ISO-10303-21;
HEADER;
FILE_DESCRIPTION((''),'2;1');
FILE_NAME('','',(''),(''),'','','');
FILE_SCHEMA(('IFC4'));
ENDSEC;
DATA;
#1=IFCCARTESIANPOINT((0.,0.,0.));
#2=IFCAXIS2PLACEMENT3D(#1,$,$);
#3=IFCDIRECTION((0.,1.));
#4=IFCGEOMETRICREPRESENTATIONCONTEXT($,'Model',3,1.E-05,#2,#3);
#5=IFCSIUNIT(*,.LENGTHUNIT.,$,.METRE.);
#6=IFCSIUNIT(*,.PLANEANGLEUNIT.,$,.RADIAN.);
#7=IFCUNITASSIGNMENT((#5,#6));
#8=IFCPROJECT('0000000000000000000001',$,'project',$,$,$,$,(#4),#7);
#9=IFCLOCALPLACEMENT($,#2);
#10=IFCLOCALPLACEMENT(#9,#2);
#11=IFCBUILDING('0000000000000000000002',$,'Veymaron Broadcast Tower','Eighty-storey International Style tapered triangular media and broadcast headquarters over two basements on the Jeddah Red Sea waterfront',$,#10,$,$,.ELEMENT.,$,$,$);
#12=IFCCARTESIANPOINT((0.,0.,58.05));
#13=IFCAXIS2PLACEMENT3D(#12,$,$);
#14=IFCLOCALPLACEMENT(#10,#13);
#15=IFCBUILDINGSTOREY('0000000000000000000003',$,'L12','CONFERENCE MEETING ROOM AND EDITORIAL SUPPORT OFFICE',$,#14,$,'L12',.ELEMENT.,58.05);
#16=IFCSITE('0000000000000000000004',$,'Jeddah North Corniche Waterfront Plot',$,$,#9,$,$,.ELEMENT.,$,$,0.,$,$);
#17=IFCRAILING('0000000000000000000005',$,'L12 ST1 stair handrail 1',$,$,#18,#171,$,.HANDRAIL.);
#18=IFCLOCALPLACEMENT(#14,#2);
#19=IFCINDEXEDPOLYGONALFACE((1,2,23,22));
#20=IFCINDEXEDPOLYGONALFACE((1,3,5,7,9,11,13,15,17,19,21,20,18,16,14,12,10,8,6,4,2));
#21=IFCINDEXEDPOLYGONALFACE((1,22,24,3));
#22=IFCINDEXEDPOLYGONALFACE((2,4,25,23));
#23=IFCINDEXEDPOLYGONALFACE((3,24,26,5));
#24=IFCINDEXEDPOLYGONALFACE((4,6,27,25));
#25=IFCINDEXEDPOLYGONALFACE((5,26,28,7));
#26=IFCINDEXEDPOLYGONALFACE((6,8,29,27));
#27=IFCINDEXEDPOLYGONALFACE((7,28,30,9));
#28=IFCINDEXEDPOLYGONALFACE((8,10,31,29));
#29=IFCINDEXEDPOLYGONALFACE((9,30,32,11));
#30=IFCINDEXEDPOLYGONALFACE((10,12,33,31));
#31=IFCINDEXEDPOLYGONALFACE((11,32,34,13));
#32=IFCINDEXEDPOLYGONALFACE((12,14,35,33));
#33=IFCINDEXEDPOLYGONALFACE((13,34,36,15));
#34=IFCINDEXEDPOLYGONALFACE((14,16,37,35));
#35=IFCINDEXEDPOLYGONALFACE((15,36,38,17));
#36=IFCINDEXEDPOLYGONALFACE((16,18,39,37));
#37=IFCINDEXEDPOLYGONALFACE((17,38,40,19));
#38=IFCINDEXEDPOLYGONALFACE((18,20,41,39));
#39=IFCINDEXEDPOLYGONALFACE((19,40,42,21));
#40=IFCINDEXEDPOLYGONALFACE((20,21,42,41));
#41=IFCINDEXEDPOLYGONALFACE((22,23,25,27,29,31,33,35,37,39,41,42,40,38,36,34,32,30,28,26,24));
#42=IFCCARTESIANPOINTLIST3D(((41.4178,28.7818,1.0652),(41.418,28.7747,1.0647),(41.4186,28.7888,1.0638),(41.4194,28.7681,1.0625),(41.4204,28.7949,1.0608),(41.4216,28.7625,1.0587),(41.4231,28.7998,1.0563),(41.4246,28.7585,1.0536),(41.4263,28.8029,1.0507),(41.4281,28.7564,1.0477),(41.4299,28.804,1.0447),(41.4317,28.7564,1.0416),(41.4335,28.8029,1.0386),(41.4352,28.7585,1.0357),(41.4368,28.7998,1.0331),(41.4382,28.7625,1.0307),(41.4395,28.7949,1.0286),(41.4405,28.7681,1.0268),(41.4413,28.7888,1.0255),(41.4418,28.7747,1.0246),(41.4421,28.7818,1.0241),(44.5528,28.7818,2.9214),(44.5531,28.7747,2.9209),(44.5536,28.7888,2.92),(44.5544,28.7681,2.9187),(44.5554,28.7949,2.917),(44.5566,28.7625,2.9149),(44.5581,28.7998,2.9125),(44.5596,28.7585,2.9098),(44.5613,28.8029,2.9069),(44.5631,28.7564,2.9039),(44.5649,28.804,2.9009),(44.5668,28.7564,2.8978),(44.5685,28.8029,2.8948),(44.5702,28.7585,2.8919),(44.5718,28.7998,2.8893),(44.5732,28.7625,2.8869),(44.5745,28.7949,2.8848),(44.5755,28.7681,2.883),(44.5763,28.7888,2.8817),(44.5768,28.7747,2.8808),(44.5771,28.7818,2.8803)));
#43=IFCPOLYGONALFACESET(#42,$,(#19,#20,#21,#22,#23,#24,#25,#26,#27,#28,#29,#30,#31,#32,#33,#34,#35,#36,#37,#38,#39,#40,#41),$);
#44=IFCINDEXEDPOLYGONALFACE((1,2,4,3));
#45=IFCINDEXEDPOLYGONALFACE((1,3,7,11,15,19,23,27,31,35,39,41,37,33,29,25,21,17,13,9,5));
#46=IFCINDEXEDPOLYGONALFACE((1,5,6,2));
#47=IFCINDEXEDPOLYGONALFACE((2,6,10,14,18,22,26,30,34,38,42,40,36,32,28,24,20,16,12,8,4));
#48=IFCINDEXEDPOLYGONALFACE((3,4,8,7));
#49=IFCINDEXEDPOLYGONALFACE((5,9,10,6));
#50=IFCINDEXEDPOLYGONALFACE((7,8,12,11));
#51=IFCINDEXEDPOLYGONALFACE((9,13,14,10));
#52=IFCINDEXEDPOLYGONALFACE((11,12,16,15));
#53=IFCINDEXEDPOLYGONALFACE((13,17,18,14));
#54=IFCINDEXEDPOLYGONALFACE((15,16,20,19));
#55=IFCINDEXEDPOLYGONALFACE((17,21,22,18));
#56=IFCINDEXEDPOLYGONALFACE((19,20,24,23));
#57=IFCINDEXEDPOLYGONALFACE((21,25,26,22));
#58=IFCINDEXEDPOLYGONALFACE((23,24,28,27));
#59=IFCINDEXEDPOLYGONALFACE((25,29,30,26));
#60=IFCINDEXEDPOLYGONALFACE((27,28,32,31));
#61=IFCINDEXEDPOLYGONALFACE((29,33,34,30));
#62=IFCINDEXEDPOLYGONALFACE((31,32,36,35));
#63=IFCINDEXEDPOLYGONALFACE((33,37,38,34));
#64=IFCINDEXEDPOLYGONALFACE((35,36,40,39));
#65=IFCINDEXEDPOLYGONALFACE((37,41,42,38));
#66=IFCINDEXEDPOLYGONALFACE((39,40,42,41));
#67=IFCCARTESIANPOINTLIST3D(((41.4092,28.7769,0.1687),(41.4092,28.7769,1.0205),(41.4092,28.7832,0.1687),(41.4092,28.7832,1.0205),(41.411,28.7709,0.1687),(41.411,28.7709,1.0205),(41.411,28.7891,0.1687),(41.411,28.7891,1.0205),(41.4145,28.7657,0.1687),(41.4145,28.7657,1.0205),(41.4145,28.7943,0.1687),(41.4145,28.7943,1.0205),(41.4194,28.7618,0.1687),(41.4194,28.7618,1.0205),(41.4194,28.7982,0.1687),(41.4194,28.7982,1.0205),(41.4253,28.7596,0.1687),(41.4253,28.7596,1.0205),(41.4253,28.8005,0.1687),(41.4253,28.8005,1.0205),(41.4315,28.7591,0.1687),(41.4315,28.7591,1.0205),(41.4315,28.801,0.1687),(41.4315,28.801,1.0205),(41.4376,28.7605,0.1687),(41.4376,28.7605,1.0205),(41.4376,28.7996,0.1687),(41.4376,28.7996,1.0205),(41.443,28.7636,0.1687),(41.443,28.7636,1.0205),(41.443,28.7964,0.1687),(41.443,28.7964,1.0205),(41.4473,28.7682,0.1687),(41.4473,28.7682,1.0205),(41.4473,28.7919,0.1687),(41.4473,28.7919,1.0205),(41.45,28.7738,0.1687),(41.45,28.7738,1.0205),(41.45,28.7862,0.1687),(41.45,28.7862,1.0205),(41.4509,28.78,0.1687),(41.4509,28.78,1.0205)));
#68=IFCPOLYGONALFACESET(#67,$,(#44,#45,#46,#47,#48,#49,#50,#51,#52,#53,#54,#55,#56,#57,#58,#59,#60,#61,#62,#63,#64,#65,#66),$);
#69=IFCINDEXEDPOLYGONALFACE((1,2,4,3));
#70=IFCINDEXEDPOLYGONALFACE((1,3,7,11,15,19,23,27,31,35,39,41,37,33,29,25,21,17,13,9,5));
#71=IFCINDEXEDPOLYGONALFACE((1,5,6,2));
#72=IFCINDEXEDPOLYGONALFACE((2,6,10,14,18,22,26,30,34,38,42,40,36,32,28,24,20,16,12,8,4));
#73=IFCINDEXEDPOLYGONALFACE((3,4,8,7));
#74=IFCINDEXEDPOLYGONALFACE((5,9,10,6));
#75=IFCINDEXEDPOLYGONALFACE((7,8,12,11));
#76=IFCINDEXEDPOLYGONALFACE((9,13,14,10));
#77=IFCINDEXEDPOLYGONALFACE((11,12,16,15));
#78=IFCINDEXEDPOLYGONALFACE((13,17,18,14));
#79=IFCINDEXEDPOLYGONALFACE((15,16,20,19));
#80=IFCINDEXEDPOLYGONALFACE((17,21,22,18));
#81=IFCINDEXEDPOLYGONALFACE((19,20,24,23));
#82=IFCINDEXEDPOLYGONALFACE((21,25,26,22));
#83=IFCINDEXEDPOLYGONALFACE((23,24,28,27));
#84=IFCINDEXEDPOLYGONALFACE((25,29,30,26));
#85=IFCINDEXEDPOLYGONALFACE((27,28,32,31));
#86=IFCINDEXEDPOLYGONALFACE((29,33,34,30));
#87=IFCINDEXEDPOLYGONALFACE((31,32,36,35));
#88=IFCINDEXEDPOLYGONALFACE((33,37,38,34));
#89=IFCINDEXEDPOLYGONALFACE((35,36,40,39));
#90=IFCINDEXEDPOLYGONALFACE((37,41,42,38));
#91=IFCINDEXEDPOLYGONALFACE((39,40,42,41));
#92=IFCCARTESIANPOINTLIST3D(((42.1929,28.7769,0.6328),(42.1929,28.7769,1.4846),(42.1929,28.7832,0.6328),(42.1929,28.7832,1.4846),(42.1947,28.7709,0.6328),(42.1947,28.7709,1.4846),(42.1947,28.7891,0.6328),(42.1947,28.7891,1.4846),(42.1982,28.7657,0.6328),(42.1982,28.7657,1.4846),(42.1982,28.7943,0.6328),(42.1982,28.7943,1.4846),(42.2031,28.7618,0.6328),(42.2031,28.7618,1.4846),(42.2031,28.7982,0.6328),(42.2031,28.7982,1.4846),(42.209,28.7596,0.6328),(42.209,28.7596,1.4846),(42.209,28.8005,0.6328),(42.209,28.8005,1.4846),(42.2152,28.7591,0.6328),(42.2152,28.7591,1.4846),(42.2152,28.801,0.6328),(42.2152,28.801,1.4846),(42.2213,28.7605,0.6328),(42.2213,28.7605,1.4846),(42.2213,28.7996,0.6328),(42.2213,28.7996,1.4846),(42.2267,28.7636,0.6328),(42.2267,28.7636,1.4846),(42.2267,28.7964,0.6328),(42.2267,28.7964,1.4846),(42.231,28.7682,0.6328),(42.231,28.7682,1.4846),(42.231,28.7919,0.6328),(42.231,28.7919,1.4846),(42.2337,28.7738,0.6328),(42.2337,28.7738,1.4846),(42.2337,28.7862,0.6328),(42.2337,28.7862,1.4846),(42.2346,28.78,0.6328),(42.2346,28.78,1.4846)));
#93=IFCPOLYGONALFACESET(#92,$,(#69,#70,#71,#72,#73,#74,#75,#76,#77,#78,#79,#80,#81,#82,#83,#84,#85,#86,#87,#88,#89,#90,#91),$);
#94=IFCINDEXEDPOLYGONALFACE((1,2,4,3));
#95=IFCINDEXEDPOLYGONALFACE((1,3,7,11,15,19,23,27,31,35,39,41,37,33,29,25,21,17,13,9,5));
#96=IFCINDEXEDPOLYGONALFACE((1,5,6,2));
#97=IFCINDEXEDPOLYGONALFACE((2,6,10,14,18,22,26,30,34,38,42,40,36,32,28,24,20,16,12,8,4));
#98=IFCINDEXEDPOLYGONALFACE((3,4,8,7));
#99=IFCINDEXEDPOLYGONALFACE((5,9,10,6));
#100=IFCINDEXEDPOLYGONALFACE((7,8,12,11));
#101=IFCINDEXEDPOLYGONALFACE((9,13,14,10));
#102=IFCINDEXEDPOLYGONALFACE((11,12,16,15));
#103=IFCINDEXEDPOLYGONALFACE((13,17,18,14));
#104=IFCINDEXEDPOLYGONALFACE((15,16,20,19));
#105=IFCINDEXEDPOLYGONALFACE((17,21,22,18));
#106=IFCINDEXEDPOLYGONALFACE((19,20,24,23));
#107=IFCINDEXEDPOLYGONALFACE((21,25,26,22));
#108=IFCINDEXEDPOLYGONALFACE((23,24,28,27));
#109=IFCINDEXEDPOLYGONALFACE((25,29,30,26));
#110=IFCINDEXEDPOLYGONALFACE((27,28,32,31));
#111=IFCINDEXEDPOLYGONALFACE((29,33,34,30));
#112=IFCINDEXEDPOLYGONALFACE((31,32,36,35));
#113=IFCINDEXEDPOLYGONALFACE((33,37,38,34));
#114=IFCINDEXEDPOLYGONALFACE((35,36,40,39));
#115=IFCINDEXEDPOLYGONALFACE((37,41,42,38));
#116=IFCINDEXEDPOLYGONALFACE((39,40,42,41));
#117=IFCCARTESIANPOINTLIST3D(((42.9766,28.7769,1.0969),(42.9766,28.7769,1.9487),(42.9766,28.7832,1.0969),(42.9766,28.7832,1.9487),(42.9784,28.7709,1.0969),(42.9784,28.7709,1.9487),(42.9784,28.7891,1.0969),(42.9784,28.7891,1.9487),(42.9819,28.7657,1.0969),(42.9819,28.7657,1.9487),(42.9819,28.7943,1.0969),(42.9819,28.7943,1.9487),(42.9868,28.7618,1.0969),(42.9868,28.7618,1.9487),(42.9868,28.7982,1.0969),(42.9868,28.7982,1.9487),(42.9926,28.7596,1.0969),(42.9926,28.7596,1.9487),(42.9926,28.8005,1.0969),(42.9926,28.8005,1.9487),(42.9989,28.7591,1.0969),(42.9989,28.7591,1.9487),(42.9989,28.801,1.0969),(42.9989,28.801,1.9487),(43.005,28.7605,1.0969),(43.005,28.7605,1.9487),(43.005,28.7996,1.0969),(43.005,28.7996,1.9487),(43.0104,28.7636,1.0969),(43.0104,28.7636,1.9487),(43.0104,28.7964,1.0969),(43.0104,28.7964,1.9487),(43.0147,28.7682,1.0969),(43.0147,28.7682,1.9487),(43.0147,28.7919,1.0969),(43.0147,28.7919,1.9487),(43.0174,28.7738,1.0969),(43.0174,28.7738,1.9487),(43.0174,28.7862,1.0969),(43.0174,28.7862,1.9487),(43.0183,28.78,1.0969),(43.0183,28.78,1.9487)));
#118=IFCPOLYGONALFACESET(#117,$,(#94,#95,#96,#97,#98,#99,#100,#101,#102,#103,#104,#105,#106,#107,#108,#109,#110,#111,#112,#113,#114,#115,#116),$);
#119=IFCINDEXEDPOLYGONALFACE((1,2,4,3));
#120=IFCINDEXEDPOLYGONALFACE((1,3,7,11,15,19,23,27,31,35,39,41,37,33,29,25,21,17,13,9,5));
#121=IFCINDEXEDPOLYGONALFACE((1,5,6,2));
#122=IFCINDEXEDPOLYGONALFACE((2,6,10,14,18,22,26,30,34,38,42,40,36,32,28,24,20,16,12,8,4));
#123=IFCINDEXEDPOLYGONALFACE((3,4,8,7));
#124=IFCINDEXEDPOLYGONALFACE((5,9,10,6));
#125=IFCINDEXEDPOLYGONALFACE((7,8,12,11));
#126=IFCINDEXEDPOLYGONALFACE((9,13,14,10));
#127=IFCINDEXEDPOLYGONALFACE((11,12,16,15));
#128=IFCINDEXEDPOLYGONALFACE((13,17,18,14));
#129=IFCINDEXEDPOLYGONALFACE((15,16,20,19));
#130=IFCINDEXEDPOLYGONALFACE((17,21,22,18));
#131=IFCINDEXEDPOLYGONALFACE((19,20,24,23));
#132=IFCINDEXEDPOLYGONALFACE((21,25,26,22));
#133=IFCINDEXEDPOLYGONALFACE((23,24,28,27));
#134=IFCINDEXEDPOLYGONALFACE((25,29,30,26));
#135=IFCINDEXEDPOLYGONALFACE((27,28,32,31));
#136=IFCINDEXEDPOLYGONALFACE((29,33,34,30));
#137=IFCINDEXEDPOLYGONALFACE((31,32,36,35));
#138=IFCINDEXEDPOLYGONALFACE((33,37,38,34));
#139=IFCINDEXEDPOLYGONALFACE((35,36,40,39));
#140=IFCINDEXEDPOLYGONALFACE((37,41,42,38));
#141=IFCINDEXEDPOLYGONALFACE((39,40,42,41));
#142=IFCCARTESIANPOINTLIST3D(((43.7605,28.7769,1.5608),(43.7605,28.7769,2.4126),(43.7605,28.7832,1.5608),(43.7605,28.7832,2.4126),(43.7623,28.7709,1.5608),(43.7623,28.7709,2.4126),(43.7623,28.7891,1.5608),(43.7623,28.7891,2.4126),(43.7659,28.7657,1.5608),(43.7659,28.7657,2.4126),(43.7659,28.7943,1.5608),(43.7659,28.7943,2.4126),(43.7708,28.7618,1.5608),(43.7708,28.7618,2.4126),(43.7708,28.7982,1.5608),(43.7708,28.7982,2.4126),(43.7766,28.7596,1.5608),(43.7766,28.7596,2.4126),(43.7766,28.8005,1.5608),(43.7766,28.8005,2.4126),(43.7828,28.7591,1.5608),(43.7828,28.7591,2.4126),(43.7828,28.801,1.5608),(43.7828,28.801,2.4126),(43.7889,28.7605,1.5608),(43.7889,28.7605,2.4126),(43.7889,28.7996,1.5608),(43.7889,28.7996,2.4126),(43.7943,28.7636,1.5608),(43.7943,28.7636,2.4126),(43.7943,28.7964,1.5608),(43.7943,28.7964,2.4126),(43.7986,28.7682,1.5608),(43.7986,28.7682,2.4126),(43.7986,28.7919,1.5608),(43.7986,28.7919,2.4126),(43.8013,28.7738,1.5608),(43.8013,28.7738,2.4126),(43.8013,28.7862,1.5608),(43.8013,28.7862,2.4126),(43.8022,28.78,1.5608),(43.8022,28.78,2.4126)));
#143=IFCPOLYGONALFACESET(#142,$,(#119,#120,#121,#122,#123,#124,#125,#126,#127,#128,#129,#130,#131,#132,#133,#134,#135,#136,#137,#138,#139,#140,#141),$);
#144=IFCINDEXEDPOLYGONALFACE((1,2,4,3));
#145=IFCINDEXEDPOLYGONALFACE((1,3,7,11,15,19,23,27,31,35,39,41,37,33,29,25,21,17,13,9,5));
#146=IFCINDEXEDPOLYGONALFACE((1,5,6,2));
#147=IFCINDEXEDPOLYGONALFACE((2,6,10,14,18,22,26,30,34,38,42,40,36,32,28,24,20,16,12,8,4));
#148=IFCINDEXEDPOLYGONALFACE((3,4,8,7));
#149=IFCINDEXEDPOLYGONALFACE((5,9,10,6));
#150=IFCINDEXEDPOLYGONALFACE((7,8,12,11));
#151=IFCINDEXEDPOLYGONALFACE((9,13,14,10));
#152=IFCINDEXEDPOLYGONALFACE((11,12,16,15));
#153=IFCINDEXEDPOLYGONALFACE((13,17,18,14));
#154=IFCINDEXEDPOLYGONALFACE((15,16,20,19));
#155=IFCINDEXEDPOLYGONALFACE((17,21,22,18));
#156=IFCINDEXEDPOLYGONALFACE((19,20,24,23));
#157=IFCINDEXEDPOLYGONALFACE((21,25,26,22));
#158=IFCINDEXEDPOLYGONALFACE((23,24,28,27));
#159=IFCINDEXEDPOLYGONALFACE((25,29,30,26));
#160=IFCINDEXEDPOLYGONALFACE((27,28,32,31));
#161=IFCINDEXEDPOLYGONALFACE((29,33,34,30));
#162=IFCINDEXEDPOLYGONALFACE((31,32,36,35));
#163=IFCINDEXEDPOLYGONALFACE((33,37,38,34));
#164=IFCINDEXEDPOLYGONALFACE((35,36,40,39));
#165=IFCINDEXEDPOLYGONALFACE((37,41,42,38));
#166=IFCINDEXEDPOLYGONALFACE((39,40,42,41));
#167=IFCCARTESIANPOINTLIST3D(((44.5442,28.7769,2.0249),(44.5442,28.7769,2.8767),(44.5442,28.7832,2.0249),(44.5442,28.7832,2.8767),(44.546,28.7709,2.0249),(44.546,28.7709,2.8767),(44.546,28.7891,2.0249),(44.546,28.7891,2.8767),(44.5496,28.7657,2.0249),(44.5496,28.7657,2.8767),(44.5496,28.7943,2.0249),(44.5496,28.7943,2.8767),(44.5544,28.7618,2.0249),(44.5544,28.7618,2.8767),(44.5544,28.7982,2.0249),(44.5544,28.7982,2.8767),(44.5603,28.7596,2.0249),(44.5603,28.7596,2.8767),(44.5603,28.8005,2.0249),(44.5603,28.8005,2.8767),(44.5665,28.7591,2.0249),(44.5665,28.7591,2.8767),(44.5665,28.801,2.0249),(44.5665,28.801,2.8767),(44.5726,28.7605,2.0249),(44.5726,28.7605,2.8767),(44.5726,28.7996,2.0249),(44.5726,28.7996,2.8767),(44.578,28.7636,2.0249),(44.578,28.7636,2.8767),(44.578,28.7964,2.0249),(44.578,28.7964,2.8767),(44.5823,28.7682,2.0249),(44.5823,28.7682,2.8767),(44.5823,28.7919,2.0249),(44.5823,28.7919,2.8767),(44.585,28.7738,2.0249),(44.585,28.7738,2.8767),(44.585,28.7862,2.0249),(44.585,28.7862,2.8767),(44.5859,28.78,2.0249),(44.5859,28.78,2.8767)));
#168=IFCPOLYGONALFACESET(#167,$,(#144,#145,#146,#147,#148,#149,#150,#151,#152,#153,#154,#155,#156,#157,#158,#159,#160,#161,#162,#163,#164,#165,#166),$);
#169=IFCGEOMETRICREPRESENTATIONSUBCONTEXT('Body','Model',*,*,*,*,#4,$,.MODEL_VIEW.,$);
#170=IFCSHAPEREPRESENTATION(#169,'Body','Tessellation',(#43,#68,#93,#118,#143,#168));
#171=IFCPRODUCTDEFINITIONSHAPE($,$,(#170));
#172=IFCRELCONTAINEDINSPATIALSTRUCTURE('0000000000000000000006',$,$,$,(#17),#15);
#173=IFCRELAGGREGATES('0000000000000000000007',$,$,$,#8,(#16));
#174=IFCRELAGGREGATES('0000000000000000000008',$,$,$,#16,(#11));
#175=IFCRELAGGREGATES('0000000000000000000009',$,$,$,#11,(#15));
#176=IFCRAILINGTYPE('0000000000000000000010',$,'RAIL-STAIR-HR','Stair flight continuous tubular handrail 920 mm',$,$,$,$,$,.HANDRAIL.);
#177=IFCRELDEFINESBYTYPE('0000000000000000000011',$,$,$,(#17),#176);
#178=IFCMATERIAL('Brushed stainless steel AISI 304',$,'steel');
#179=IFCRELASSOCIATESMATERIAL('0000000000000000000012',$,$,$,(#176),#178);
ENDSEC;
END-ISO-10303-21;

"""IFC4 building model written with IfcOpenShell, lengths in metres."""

from ifc_helpers import new_model, si_unit, direction, frame, origin, origin_2d, place, context, subcontext, project, spatial, circle, extrude, material, type_object, element, save


model = new_model("IFC4")

# Units and contexts
model_context = context("Model", 3, precision=1e-05, world=origin(), true_north=direction((0.0, 1.0)))
body_context = subcontext(model_context, "Body", "Model", "MODEL_VIEW")
ifc_project = project(units=[si_unit("LENGTHUNIT", "METRE"), si_unit("PLANEANGLEUNIT", "RADIAN")], contexts=[model_context])

# Site, building, storey
site_placement = place(None, origin())
site = spatial("IfcSite", under=ifc_project, at=site_placement, Name="Jeddah North Corniche Waterfront Plot", CompositionType="ELEMENT", RefElevation=0.0)
building_placement = place(site_placement, origin())
building = spatial("IfcBuilding", under=site, at=building_placement, Name="Veymaron Broadcast Tower", Description="Eighty-storey International Style tapered triangular media and broadcast headquarters over two basements on the Jeddah Red Sea waterfront", CompositionType="ELEMENT")
storey_placement = place(building_placement, frame((0.0, 0.0, 58.05)))
storey = spatial("IfcBuildingStorey", under=building, at=storey_placement, Name="L12", Description="CONFERENCE MEETING ROOM AND EDITORIAL SUPPORT OFFICE", LongName="L12", CompositionType="ELEMENT", Elevation=58.05)

# Railing
ifc_material_1 = material(Name="Brushed stainless steel AISI 304", Category="steel")
railing_type_1 = type_object("IfcRailingType", Name="RAIL-STAIR-HR", Description="Stair flight continuous tubular handrail 920 mm", PredefinedType="HANDRAIL", material=ifc_material_1)
railing_1_placement = place(storey_placement, frame((41.4299, 28.78, 0.1687)))
element("IfcRailing", 1, at=railing_1_placement, inside=storey, type_object=railing_type_1, Name="L12 ST1 stair handrail 1", PredefinedType="HANDRAIL", context=body_context, shape_type="SweptSolid", body=[
    extrude(circle(Radius=0.0239, at=origin_2d()), frame((0.0, 0.0, 0.876), z_axis=(0.860482, 0.0, 0.509481), x_axis=(0.0, 1.0, 0.0)), (0.0, 0.0, 1.0), 3.6433),
    extrude(circle(Radius=0.021, at=origin_2d()), origin(), (0.0, 0.0, 1.0), 0.8518),
    extrude(circle(Radius=0.021, at=origin_2d()), frame((0.7837, 0.0, 0.4641)), (0.0, 0.0, 1.0), 0.8518),
    extrude(circle(Radius=0.021, at=origin_2d()), frame((1.5674, 0.0, 0.9282)), (0.0, 0.0, 1.0), 0.8518),
    extrude(circle(Radius=0.021, at=origin_2d()), frame((2.3513, 0.0, 1.3921)), (0.0, 0.0, 1.0), 0.8518),
    extrude(circle(Radius=0.021, at=origin_2d()), frame((3.135, 0.0, 1.8562)), (0.0, 0.0, 1.0), 0.8518),
])

save(model, "model.ifc")
